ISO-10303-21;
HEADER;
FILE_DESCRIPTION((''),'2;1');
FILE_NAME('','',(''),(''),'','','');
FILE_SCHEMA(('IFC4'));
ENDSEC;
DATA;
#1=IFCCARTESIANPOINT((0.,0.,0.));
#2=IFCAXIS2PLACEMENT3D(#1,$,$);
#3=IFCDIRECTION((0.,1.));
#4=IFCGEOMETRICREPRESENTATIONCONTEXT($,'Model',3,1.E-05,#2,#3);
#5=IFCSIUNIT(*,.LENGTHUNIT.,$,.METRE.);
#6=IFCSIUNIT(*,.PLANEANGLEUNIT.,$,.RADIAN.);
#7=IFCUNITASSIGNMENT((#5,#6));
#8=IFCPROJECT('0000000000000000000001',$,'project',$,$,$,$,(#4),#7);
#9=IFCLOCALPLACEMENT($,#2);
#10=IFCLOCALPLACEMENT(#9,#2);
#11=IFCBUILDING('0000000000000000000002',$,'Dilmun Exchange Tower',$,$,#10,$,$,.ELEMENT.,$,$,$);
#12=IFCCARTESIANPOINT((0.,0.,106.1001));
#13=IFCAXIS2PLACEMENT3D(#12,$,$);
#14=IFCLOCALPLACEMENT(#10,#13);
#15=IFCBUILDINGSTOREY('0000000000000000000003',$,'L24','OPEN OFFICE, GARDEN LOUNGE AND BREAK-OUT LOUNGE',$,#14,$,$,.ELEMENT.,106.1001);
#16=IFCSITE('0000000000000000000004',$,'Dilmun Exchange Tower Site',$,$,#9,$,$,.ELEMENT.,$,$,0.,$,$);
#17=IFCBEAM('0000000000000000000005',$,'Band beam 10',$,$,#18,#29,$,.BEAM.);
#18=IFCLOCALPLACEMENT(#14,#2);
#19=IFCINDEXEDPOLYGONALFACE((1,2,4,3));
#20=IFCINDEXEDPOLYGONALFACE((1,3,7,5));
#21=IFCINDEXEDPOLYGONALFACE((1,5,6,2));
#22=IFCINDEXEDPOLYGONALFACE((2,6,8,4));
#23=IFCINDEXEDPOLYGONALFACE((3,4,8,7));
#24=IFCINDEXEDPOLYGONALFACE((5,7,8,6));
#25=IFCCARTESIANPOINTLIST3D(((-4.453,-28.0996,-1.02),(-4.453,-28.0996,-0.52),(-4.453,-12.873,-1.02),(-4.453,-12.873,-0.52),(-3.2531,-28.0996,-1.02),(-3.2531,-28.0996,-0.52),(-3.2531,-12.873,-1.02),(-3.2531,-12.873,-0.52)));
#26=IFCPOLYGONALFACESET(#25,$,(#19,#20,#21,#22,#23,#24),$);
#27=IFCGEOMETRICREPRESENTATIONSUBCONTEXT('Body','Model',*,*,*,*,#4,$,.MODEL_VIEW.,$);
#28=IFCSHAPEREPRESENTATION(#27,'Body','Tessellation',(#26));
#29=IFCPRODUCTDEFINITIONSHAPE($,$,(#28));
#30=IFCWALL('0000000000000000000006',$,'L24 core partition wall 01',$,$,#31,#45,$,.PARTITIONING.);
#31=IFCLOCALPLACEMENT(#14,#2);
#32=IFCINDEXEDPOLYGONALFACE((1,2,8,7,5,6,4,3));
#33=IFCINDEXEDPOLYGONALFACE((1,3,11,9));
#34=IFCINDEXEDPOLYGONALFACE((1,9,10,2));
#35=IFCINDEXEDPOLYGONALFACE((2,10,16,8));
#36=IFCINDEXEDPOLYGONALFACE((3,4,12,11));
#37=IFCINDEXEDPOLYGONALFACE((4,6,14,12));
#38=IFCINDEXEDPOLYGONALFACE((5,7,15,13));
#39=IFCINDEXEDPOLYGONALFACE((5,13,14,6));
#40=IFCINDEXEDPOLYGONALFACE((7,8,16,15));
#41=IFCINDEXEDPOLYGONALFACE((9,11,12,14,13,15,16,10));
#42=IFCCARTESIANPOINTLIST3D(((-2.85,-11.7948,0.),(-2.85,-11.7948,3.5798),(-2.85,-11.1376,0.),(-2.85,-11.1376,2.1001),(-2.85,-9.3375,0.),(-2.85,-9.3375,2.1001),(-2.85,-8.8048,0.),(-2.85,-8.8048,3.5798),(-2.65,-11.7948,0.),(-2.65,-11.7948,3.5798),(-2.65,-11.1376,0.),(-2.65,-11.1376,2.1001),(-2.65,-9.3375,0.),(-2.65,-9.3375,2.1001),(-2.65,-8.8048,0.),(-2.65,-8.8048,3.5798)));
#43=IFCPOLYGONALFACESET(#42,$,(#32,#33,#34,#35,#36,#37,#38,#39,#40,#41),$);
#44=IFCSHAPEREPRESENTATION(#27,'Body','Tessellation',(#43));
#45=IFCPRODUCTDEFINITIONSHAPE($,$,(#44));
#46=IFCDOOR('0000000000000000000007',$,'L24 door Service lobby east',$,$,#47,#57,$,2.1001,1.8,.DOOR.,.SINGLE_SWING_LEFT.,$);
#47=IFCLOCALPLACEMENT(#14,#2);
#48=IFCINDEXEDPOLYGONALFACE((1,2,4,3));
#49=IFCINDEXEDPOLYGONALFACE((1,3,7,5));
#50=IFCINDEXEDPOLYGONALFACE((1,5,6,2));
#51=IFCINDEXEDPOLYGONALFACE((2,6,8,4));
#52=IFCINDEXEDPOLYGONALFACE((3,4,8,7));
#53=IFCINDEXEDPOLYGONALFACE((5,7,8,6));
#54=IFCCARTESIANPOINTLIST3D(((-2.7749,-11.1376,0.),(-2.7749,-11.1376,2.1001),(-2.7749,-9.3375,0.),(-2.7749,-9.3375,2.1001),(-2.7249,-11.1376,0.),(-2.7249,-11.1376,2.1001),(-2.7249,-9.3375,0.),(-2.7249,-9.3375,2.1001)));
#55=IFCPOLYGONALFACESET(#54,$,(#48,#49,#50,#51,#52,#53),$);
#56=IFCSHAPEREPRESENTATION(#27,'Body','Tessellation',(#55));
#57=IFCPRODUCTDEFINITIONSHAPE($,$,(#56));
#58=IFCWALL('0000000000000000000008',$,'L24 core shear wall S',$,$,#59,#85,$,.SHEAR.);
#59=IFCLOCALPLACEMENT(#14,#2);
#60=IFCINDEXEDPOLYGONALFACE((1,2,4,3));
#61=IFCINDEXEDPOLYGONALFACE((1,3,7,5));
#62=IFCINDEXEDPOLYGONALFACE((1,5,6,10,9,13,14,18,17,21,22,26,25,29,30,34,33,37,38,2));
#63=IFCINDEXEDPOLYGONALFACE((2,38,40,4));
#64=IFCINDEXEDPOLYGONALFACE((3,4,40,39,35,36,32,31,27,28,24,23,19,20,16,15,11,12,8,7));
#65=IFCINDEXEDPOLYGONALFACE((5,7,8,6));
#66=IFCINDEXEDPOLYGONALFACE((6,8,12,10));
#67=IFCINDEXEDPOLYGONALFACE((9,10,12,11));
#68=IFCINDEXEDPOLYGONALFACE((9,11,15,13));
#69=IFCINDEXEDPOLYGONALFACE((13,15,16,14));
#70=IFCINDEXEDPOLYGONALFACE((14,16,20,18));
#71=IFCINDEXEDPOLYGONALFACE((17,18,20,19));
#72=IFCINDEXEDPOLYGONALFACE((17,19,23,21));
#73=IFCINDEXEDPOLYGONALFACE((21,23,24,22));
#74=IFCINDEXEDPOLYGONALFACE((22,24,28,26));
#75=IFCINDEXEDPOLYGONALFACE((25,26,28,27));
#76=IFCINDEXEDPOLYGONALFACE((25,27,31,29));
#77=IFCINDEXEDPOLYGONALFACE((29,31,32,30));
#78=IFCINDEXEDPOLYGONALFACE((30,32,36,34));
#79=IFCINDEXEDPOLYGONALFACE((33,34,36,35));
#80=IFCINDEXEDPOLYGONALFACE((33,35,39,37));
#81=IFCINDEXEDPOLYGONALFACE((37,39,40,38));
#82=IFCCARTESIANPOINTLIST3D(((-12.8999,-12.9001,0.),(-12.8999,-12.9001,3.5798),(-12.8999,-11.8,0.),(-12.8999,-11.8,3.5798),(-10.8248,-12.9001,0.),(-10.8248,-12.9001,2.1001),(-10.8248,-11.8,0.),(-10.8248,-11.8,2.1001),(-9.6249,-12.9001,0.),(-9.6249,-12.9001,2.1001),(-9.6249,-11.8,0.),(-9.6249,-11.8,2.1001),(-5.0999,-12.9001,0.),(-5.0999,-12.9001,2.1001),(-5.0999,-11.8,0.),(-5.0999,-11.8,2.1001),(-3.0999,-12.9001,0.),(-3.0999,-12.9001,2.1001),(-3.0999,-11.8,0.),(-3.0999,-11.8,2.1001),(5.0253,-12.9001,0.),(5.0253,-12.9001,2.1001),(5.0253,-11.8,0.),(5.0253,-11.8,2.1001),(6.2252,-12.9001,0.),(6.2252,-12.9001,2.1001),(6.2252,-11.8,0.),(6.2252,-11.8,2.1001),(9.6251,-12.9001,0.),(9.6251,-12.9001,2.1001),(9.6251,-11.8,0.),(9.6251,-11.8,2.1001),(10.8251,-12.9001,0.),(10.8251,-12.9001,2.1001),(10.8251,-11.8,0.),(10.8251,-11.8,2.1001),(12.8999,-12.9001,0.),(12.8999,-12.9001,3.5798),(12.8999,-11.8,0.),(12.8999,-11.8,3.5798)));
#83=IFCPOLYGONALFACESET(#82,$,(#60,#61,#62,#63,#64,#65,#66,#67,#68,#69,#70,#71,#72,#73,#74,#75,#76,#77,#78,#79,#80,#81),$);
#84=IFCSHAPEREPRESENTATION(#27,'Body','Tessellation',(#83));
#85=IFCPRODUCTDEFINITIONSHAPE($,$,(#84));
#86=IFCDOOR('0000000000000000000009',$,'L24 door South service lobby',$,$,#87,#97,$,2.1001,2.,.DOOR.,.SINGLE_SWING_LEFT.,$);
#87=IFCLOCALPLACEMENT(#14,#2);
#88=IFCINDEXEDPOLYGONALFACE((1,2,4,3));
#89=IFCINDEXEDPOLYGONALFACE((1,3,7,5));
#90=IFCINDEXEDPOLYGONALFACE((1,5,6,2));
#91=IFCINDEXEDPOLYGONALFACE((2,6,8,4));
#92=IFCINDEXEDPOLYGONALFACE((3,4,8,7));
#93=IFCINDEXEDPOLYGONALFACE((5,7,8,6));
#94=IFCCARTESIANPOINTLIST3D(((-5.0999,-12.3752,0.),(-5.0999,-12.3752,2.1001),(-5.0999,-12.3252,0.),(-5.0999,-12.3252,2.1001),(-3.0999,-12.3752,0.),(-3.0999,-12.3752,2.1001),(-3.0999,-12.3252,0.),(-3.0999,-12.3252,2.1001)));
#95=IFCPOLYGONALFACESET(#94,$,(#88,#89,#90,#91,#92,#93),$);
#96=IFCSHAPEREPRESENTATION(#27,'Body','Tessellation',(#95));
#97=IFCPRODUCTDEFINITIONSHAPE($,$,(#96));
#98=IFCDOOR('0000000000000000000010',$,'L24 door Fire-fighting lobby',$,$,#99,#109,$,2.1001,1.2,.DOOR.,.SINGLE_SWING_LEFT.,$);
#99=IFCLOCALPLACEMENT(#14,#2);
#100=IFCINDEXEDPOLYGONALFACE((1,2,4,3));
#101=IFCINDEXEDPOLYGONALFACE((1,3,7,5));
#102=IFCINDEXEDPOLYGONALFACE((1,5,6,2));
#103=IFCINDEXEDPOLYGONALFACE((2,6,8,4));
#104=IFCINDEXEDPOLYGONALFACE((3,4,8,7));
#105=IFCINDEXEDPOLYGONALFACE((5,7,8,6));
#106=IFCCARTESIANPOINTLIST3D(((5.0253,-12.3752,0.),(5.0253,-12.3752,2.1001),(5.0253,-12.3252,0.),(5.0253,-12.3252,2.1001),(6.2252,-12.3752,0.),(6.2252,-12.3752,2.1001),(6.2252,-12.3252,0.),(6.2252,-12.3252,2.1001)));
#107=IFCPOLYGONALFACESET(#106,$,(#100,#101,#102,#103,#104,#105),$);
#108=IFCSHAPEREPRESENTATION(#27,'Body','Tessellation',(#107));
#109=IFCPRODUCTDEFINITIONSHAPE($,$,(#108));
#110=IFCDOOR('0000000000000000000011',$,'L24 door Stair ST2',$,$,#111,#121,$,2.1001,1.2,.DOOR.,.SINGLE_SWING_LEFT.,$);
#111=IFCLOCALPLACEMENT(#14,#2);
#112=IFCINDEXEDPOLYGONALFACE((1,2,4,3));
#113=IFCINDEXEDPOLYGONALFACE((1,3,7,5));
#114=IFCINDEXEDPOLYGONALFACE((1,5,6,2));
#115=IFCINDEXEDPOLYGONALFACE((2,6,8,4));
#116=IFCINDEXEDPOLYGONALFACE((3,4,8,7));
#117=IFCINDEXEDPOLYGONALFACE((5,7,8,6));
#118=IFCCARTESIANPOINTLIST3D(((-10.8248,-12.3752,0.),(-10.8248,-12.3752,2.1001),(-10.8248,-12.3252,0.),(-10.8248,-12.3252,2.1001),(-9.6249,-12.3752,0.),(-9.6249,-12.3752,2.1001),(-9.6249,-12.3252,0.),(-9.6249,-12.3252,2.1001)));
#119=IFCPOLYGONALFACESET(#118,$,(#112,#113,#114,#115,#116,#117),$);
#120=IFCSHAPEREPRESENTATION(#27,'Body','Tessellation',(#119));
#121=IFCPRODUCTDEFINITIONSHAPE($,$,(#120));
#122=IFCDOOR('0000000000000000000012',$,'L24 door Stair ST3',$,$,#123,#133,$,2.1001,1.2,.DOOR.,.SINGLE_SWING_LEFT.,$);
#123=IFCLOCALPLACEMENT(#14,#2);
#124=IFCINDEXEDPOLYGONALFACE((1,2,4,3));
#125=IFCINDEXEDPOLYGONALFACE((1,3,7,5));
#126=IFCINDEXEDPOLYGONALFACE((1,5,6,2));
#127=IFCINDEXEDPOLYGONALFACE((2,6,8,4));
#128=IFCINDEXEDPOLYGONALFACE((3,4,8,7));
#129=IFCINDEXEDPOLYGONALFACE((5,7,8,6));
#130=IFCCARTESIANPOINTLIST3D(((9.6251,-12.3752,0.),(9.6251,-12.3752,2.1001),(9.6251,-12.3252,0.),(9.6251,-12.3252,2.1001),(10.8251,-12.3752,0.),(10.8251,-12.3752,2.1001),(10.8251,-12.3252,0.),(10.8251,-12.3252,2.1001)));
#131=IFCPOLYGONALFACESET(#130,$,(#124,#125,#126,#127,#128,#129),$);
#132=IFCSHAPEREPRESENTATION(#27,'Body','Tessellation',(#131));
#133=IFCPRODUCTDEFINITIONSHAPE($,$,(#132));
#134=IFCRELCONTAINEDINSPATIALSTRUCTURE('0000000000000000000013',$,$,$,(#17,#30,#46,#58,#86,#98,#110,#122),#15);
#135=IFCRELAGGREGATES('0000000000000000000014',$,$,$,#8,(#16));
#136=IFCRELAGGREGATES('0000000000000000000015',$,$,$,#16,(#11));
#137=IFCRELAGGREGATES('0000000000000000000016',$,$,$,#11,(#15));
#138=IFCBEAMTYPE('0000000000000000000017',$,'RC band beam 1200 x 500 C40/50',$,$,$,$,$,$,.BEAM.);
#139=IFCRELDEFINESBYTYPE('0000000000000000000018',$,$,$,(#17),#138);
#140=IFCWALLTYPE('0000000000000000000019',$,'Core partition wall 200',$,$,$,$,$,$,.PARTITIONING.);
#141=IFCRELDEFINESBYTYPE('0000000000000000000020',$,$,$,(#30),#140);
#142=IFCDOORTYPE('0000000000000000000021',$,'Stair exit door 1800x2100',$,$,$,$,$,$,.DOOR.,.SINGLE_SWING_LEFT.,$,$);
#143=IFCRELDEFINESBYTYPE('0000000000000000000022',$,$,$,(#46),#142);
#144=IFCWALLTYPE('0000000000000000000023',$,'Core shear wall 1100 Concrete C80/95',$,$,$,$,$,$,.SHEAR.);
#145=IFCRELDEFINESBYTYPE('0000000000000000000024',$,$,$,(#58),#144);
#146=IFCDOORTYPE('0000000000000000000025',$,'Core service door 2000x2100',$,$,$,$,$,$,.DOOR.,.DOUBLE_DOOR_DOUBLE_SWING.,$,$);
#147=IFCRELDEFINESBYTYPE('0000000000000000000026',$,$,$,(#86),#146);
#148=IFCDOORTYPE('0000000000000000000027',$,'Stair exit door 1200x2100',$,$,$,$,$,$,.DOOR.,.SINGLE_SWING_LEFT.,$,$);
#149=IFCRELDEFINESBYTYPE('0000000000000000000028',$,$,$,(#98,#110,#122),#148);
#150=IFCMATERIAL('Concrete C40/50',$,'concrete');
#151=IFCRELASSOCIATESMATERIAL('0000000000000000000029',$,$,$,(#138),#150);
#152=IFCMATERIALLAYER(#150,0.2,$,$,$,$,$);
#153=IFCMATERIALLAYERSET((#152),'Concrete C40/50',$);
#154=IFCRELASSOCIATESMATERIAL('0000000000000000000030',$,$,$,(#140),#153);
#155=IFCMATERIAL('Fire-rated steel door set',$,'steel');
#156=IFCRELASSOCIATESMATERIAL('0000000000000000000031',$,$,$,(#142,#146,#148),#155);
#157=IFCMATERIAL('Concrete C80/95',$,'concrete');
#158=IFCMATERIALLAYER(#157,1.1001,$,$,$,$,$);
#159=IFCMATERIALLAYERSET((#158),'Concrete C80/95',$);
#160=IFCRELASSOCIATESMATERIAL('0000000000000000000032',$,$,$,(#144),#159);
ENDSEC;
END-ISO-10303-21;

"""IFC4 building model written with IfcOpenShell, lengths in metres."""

from ifc_helpers import new_model, si_unit, direction, frame, frame_2d, origin, origin_2d, place, context, subcontext, project, spatial, rectangle, extrude, material, layer, layer_set, material_profile, profile_set, type_object, element, fill, save


model = new_model("IFC4")

# Units and contexts
model_context = context("Model", 3, precision=1e-05, world=origin(), true_north=direction((0.0, 1.0)))
body_context = subcontext(model_context, "Body", "Model", "MODEL_VIEW")
ifc_project = project(units=[si_unit("LENGTHUNIT", "METRE"), si_unit("PLANEANGLEUNIT", "RADIAN")], contexts=[model_context])

# Site, building, storey
site_placement = place(None, origin())
site = spatial("IfcSite", under=ifc_project, at=site_placement, Name="Dilmun Exchange Tower Site", CompositionType="ELEMENT", RefElevation=0.0)
building_placement = place(site_placement, origin())
building = spatial("IfcBuilding", under=site, at=building_placement, Name="Dilmun Exchange Tower", CompositionType="ELEMENT")
storey_placement = place(building_placement, frame((0.0, 0.0, 106.1001)))
storey = spatial("IfcBuildingStorey", under=building, at=storey_placement, Name="L24", Description="OPEN OFFICE, GARDEN LOUNGE AND BREAK-OUT LOUNGE", CompositionType="ELEMENT", Elevation=106.1001)

# Beam
ifc_material_1 = material(Name="Concrete C40/50", Category="concrete")
ifc_material_profile = material_profile(ifc_material_1, rectangle(XDim=1.2, YDim=0.5, at=origin_2d()), Name="1200 x 500")
ifc_profile_set = profile_set([ifc_material_profile], Name="Concrete C40/50")
beam_type = type_object("IfcBeamType", Name="RC band beam 1200 x 500 C40/50", PredefinedType="BEAM", material=ifc_profile_set)
beam_placement = place(storey_placement, frame((-3.853, -28.0996, -0.77), z_axis=(0.0, 1.0, 0.0), x_axis=(-1.0, 0.0, 0.0)))
element("IfcBeam", 1, at=beam_placement, inside=storey, type_object=beam_type, Name="Band beam 10", PredefinedType="BEAM", context=body_context, shape_type="SweptSolid", body=[
    extrude(rectangle(XDim=1.2, YDim=0.5, at=origin_2d()), origin(), (0.0, 0.0, 1.0), 15.2266),
])

# Wall, opening, door
ifc_layer_1 = layer(ifc_material_1, 0.2)
ifc_layer_set_1 = layer_set([ifc_layer_1], Name="Concrete C40/50")
wall_type_1 = type_object("IfcWallType", Name="Core partition wall 200", PredefinedType="PARTITIONING", material=ifc_layer_set_1)
wall_1_placement = place(storey_placement, frame((-2.75, -11.7949, 0.0), z_axis=(0.0, 0.0, 1.0), x_axis=(0.0, 1.0, 0.0)))
wall_1 = element("IfcWall", 2, at=wall_1_placement, inside=storey, type_object=wall_type_1, Name="L24 core partition wall 01", PredefinedType="PARTITIONING", context=body_context, shape_type="SweptSolid", body=[
    extrude(rectangle(XDim=2.99, YDim=0.2, at=frame_2d((1.4951, 0.0))), origin(), (0.0, 0.0, 1.0), 3.5798),
])
opening_1_placement = place(wall_1_placement, frame((0.6575, 0.0, 0.0)))
opening_1 = element("IfcOpeningElement", 3, at=opening_1_placement, cuts=wall_1, PredefinedType="OPENING", context=body_context, shape_type="SweptSolid", body=[
    extrude(rectangle(XDim=1.8, YDim=2.1001, at=frame_2d((0.8999, 1.05))), frame((0.0, 0.1099, 0.0), z_axis=(0.0, -1.0, 0.0), x_axis=(1.0, 0.0, 0.0)), (0.0, 0.0, 1.0), 0.22),
])
ifc_material_2 = material(Name="Fire-rated steel door set", Category="steel")
door_type_1 = type_object("IfcDoorType", Name="Stair exit door 1800x2100", OperationType="SINGLE_SWING_LEFT", PredefinedType="DOOR", material=ifc_material_2)
door_1_placement = place(opening_1_placement, origin())
door_1 = element("IfcDoor", 4, at=door_1_placement, inside=storey, type_object=door_type_1, Name="L24 door Service lobby east", OperationType="SINGLE_SWING_LEFT", OverallHeight=2.1001, OverallWidth=1.8, PredefinedType="DOOR", context=body_context, shape_type="SweptSolid", body=[
    extrude(rectangle(XDim=1.8, YDim=2.1001, at=frame_2d((0.8999, 1.05))), frame((0.0, 0.0249, 0.0), z_axis=(0.0, -1.0, 0.0), x_axis=(1.0, 0.0, 0.0)), (0.0, 0.0, 1.0), 0.05),
])
fill(opening_1, door_1)

# Wall, openings, doors
ifc_material_3 = material(Name="Concrete C80/95", Category="concrete")
ifc_layer_2 = layer(ifc_material_3, 1.1001)
ifc_layer_set_2 = layer_set([ifc_layer_2], Name="Concrete C80/95")
wall_type_2 = type_object("IfcWallType", Name="Core shear wall 1100 Concrete C80/95", PredefinedType="SHEAR", material=ifc_layer_set_2)
wall_2_placement = place(storey_placement, frame((-12.8999, -12.3501, 0.0), z_axis=(0.0, 0.0, 1.0), x_axis=(1.0, 0.0, 0.0)))
wall_2 = element("IfcWall", 5, at=wall_2_placement, inside=storey, type_object=wall_type_2, Name="L24 core shear wall S", PredefinedType="SHEAR", context=body_context, shape_type="SweptSolid", body=[
    extrude(rectangle(XDim=25.7998, YDim=1.1001, at=frame_2d((12.8999, 0.0))), origin(), (0.0, 0.0, 1.0), 3.5798),
])
opening_2_placement = place(wall_2_placement, frame((7.8, 0.0, 0.0)))
opening_2 = element("IfcOpeningElement", 6, at=opening_2_placement, cuts=wall_2, PredefinedType="OPENING", context=body_context, shape_type="SweptSolid", body=[
    extrude(rectangle(XDim=2.0, YDim=2.1001, at=frame_2d((1.0, 1.05))), frame((0.0, 0.5601, 0.0), z_axis=(0.0, -1.0, 0.0), x_axis=(1.0, 0.0, 0.0)), (0.0, 0.0, 1.0), 1.1201),
])
opening_3_placement = place(wall_2_placement, frame((17.925, 0.0, 0.0)))
opening_3 = element("IfcOpeningElement", 7, at=opening_3_placement, cuts=wall_2, PredefinedType="OPENING", context=body_context, shape_type="SweptSolid", body=[
    extrude(rectangle(XDim=1.2, YDim=2.1001, at=frame_2d((0.6001, 1.05))), frame((0.0, 0.5601, 0.0), z_axis=(0.0, -1.0, 0.0), x_axis=(1.0, 0.0, 0.0)), (0.0, 0.0, 1.0), 1.1201),
])
opening_4_placement = place(wall_2_placement, frame((2.075, 0.0, 0.0)))
opening_4 = element("IfcOpeningElement", 8, at=opening_4_placement, cuts=wall_2, PredefinedType="OPENING", context=body_context, shape_type="SweptSolid", body=[
    extrude(rectangle(XDim=1.2, YDim=2.1001, at=frame_2d((0.6001, 1.05))), frame((0.0, 0.5601, 0.0), z_axis=(0.0, -1.0, 0.0), x_axis=(1.0, 0.0, 0.0)), (0.0, 0.0, 1.0), 1.1201),
])
opening_5_placement = place(wall_2_placement, frame((22.5249, 0.0, 0.0)))
opening_5 = element("IfcOpeningElement", 9, at=opening_5_placement, cuts=wall_2, PredefinedType="OPENING", context=body_context, shape_type="SweptSolid", body=[
    extrude(rectangle(XDim=1.2, YDim=2.1001, at=frame_2d((0.6001, 1.05))), frame((0.0, 0.5601, 0.0), z_axis=(0.0, -1.0, 0.0), x_axis=(1.0, 0.0, 0.0)), (0.0, 0.0, 1.0), 1.1201),
])
door_type_2 = type_object("IfcDoorType", Name="Core service door 2000x2100", OperationType="DOUBLE_DOOR_DOUBLE_SWING", PredefinedType="DOOR", material=ifc_material_2)
door_2_placement = place(opening_2_placement, origin())
door_2 = element("IfcDoor", 10, at=door_2_placement, inside=storey, type_object=door_type_2, Name="L24 door South service lobby", OperationType="SINGLE_SWING_LEFT", OverallHeight=2.1001, OverallWidth=2.0, PredefinedType="DOOR", context=body_context, shape_type="SweptSolid", body=[
    extrude(rectangle(XDim=2.0, YDim=2.1001, at=frame_2d((1.0, 1.05))), frame((0.0, 0.0249, 0.0), z_axis=(0.0, -1.0, 0.0), x_axis=(1.0, 0.0, 0.0)), (0.0, 0.0, 1.0), 0.05),
])
fill(opening_2, door_2)
door_type_3 = type_object("IfcDoorType", Name="Stair exit door 1200x2100", OperationType="SINGLE_SWING_LEFT", PredefinedType="DOOR", material=ifc_material_2)
door_3_placement = place(opening_3_placement, origin())
door_3 = element("IfcDoor", 11, at=door_3_placement, inside=storey, type_object=door_type_3, Name="L24 door Fire-fighting lobby", OperationType="SINGLE_SWING_LEFT", OverallHeight=2.1001, OverallWidth=1.2, PredefinedType="DOOR", context=body_context, shape_type="SweptSolid", body=[
    extrude(rectangle(XDim=1.2, YDim=2.1001, at=frame_2d((0.6001, 1.05))), frame((0.0, 0.0249, 0.0), z_axis=(0.0, -1.0, 0.0), x_axis=(1.0, 0.0, 0.0)), (0.0, 0.0, 1.0), 0.05),
])
fill(opening_3, door_3)
door_4_placement = place(opening_4_placement, origin())
door_4 = element("IfcDoor", 12, at=door_4_placement, inside=storey, type_object=door_type_3, Name="L24 door Stair ST2", OperationType="SINGLE_SWING_LEFT", OverallHeight=2.1001, OverallWidth=1.2, PredefinedType="DOOR", context=body_context, shape_type="SweptSolid", body=[
    extrude(rectangle(XDim=1.2, YDim=2.1001, at=frame_2d((0.6001, 1.05))), frame((0.0, 0.0249, 0.0), z_axis=(0.0, -1.0, 0.0), x_axis=(1.0, 0.0, 0.0)), (0.0, 0.0, 1.0), 0.05),
])
fill(opening_4, door_4)
door_5_placement = place(opening_5_placement, origin())
door_5 = element("IfcDoor", 13, at=door_5_placement, inside=storey, type_object=door_type_3, Name="L24 door Stair ST3", OperationType="SINGLE_SWING_LEFT", OverallHeight=2.1001, OverallWidth=1.2, PredefinedType="DOOR", context=body_context, shape_type="SweptSolid", body=[
    extrude(rectangle(XDim=1.2, YDim=2.1001, at=frame_2d((0.6001, 1.05))), frame((0.0, 0.0249, 0.0), z_axis=(0.0, -1.0, 0.0), x_axis=(1.0, 0.0, 0.0)), (0.0, 0.0, 1.0), 0.05),
])
fill(opening_5, door_5)

save(model, "model.ifc")
